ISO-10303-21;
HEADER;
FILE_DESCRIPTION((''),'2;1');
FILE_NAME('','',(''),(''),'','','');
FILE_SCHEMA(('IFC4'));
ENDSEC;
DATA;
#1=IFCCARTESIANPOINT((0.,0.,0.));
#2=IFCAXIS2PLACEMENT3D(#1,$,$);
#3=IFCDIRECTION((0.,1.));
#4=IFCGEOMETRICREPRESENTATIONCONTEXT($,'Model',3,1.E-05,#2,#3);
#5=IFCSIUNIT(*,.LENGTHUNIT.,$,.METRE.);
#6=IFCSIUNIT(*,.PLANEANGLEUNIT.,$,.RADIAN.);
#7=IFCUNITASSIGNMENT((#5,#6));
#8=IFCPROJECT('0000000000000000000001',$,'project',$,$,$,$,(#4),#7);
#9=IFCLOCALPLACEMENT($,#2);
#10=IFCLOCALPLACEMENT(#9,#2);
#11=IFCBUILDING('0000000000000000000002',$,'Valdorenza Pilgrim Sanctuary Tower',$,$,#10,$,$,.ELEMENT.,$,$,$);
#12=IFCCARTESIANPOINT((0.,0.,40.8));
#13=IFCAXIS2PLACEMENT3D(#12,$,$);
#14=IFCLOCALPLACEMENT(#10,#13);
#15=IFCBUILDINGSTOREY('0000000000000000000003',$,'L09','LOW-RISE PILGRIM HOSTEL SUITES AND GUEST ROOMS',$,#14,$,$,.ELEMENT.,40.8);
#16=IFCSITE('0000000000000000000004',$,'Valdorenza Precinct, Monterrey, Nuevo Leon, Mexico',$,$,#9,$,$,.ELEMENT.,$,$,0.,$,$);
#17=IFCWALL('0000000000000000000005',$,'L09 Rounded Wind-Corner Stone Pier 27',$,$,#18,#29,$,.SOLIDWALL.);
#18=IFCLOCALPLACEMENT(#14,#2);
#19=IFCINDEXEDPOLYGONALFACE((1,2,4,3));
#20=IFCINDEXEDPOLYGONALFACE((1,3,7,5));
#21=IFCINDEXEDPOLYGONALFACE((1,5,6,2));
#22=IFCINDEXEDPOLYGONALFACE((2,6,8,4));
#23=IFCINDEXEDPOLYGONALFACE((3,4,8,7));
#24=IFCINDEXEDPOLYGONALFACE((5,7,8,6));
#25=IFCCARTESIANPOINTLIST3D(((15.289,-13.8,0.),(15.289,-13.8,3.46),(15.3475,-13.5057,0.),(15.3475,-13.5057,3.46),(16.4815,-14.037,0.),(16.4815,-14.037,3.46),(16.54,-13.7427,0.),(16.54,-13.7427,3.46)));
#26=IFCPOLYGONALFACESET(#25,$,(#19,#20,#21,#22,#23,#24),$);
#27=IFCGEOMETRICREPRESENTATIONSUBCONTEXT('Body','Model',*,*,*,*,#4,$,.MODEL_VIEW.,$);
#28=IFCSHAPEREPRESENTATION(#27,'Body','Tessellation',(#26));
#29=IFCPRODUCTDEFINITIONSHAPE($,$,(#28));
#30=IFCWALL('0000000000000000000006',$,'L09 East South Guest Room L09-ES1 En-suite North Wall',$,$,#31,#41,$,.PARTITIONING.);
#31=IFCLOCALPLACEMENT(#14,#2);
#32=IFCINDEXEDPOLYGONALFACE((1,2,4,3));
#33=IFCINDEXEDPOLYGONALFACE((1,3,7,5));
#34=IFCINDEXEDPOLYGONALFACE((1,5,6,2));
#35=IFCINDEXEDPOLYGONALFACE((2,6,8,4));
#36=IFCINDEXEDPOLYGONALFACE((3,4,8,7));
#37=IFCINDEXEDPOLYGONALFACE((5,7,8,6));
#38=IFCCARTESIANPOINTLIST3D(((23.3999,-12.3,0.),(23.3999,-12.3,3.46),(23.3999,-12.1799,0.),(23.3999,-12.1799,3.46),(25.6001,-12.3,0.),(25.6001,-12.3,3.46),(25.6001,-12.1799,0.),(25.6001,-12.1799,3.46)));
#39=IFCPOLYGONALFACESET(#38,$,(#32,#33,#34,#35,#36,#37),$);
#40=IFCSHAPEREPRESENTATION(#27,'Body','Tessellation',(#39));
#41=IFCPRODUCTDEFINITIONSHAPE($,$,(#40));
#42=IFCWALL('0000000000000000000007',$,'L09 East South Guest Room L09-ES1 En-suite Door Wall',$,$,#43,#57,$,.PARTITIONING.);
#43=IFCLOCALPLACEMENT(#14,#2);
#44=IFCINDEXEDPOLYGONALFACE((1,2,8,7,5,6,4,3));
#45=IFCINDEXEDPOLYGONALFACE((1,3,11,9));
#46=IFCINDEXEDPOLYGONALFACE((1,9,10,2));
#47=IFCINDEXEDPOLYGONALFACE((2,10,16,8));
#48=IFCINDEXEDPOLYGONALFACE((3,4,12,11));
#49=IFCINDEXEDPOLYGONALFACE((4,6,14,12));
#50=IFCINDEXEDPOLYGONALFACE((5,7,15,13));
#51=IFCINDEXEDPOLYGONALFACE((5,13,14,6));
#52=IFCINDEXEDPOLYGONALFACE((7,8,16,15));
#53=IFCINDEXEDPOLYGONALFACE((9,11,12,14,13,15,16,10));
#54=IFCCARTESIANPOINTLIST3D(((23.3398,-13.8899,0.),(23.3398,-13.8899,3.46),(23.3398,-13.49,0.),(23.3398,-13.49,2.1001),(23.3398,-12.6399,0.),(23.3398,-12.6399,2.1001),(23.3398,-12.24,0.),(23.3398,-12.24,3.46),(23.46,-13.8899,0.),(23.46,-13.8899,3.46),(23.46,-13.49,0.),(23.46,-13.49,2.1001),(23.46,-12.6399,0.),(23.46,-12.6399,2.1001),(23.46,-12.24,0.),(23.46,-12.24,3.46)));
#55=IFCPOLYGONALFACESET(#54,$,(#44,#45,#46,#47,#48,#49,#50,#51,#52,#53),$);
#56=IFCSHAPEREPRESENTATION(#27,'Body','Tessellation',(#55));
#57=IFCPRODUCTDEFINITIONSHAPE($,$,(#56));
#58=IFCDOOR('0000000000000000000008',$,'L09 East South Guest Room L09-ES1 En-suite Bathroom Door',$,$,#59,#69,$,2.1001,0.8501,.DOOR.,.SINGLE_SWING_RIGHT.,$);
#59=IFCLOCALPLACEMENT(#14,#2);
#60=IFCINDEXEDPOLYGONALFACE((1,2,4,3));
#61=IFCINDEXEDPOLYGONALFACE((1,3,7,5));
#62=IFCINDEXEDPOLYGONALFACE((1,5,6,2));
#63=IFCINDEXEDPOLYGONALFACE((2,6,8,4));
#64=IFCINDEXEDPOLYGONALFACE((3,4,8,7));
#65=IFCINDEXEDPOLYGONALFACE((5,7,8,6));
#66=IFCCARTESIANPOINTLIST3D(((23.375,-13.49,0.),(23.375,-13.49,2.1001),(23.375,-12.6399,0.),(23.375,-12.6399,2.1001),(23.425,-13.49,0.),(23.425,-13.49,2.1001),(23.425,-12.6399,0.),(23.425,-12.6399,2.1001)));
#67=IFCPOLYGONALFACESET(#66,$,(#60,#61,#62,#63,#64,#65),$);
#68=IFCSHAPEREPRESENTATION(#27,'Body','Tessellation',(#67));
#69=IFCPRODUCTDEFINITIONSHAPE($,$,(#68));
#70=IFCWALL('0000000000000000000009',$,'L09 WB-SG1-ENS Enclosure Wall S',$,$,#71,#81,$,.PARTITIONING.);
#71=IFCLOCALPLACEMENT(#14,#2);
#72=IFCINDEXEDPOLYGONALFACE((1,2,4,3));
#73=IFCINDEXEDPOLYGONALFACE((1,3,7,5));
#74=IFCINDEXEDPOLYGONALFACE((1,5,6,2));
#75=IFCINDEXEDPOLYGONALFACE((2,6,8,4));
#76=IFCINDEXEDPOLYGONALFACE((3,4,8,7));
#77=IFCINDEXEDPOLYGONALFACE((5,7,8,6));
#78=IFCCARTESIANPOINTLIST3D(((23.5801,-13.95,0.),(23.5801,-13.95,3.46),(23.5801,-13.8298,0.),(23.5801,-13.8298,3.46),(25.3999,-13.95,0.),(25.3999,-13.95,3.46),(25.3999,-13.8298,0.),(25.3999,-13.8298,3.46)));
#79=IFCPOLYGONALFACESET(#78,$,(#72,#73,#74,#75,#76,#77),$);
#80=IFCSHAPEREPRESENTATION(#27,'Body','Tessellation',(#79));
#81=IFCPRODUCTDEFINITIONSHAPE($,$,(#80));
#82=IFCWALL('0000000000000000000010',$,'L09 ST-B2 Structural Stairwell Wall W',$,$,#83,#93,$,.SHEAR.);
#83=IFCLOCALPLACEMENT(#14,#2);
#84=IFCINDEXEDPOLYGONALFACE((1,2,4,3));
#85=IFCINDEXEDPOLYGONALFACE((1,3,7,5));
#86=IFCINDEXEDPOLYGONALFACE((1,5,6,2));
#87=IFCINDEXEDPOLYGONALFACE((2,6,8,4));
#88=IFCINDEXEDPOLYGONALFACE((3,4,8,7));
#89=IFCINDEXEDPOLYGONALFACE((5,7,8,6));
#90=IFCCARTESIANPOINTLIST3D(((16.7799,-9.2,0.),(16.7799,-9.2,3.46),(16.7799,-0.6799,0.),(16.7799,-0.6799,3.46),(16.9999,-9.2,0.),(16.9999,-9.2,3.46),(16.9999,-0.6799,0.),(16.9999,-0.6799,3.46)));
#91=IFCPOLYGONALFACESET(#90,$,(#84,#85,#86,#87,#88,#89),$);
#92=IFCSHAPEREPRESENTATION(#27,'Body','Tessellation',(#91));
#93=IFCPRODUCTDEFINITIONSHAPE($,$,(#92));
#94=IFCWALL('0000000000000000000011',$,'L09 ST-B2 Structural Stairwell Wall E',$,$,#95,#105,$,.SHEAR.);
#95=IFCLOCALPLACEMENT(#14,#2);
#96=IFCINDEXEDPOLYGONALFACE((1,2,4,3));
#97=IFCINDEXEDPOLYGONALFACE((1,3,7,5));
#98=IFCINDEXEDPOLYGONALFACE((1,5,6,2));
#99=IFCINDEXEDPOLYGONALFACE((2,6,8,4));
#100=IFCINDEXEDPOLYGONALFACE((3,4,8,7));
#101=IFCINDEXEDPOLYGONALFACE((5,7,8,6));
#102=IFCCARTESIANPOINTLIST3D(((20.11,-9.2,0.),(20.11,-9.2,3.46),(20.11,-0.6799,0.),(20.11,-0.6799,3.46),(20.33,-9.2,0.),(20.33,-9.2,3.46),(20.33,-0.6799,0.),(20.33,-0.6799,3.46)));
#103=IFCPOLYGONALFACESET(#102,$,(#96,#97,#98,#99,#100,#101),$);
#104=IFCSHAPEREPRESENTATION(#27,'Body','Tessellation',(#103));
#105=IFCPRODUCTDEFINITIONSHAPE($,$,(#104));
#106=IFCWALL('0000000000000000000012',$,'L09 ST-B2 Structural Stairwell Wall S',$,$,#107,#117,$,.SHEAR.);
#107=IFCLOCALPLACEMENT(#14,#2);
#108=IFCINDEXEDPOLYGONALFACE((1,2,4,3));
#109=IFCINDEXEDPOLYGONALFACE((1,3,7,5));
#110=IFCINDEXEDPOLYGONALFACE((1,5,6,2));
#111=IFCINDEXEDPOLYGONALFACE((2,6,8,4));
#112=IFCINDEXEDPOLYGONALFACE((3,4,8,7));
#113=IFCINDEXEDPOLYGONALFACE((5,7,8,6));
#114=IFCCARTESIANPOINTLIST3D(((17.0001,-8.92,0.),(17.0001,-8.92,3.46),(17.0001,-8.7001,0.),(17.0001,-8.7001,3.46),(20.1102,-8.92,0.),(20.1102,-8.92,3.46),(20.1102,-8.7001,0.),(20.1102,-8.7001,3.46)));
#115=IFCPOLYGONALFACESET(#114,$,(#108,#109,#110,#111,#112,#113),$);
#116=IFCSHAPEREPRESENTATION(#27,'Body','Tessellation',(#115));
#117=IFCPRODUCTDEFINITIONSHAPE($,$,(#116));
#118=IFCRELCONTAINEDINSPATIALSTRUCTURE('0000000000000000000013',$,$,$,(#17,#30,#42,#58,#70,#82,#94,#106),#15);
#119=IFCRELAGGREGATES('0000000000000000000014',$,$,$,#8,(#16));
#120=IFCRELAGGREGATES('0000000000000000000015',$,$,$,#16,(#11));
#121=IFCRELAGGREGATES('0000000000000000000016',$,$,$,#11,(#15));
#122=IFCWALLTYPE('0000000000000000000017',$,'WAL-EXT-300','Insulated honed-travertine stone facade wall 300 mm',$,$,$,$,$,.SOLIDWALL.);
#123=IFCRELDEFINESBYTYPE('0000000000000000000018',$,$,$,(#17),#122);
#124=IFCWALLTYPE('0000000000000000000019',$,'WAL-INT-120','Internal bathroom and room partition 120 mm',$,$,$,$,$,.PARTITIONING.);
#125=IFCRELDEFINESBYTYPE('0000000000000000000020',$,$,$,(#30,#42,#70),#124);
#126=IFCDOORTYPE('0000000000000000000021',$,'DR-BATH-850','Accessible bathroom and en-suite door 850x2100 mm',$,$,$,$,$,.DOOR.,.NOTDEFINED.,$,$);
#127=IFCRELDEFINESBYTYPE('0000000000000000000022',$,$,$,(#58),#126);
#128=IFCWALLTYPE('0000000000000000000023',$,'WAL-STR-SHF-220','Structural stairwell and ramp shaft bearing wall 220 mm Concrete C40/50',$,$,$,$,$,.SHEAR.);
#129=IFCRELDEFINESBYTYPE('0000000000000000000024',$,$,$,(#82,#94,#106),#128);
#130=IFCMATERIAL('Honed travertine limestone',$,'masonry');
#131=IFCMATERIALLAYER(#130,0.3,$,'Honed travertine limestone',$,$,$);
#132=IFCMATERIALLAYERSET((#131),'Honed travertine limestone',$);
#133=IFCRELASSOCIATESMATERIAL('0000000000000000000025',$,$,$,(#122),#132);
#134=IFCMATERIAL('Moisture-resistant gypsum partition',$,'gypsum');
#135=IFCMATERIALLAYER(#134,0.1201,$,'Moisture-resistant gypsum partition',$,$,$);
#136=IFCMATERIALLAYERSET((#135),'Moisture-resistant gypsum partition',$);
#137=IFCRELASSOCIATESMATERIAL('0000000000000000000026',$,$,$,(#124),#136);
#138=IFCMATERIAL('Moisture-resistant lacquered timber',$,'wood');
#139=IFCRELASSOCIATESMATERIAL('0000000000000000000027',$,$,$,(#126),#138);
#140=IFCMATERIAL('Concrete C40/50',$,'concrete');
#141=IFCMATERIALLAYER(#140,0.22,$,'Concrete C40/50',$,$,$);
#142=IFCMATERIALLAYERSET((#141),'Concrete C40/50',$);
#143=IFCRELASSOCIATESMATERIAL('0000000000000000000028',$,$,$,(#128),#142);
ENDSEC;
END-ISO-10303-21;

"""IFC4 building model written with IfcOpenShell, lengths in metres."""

from ifc_helpers import new_model, si_unit, direction, frame, frame_2d, origin, place, context, subcontext, project, spatial, rectangle, extrude, material, layer, layer_set, type_object, element, fill, save


model = new_model("IFC4")

# Units and contexts
model_context = context("Model", 3, precision=1e-05, world=origin(), true_north=direction((0.0, 1.0)))
body_context = subcontext(model_context, "Body", "Model", "MODEL_VIEW")
ifc_project = project(units=[si_unit("LENGTHUNIT", "METRE"), si_unit("PLANEANGLEUNIT", "RADIAN")], contexts=[model_context])

# Site, building, storey
site_placement = place(None, origin())
site = spatial("IfcSite", under=ifc_project, at=site_placement, Name="Valdorenza Precinct, Monterrey, Nuevo Leon, Mexico", CompositionType="ELEMENT", RefElevation=0.0)
building_placement = place(site_placement, origin())
building = spatial("IfcBuilding", under=site, at=building_placement, Name="Valdorenza Pilgrim Sanctuary Tower", CompositionType="ELEMENT")
storey_placement = place(building_placement, frame((0.0, 0.0, 40.8)))
storey = spatial("IfcBuildingStorey", under=building, at=storey_placement, Name="L09", Description="LOW-RISE PILGRIM HOSTEL SUITES AND GUEST ROOMS", CompositionType="ELEMENT", Elevation=40.8)

# Walls
ifc_material_1 = material(Name="Honed travertine limestone", Category="masonry")
ifc_layer_1 = layer(ifc_material_1, 0.3, Name="Honed travertine limestone")
ifc_layer_set_1 = layer_set([ifc_layer_1], Name="Honed travertine limestone")
wall_type_1 = type_object("IfcWallType", Name="WAL-EXT-300", Description="Insulated honed-travertine stone facade wall 300 mm", PredefinedType="SOLIDWALL", material=ifc_layer_set_1)
wall_1_placement = place(storey_placement, frame((16.5107, -13.8899, 0.0), z_axis=(0.0, 0.0, 1.0), x_axis=(-0.980804, 0.194996, 0.0)))
element("IfcWall", 1, at=wall_1_placement, inside=storey, type_object=wall_type_1, Name="L09 Rounded Wind-Corner Stone Pier 27", PredefinedType="SOLIDWALL", context=body_context, shape_type="SweptSolid", body=[
    extrude(rectangle(XDim=1.2158, YDim=0.3, at=frame_2d((0.6079, 0.0))), origin(), (0.0, 0.0, 1.0), 3.46),
])
ifc_material_2 = material(Name="Moisture-resistant gypsum partition", Category="gypsum")
ifc_layer_2 = layer(ifc_material_2, 0.1201, Name="Moisture-resistant gypsum partition")
ifc_layer_set_2 = layer_set([ifc_layer_2], Name="Moisture-resistant gypsum partition")
wall_type_2 = type_object("IfcWallType", Name="WAL-INT-120", Description="Internal bathroom and room partition 120 mm", PredefinedType="PARTITIONING", material=ifc_layer_set_2)
wall_2_placement = place(storey_placement, frame((23.3999, -12.24, 0.0), z_axis=(0.0, 0.0, 1.0), x_axis=(1.0, 0.0, 0.0)))
element("IfcWall", 2, at=wall_2_placement, inside=storey, type_object=wall_type_2, Name="L09 East South Guest Room L09-ES1 En-suite North Wall", PredefinedType="PARTITIONING", context=body_context, shape_type="SweptSolid", body=[
    extrude(rectangle(XDim=2.2002, YDim=0.1201, at=frame_2d((1.1001, 0.0))), origin(), (0.0, 0.0, 1.0), 3.46),
])

# Wall, opening, door
wall_3_placement = place(storey_placement, frame((23.3999, -13.8899, 0.0), z_axis=(0.0, 0.0, 1.0), x_axis=(0.0, 1.0, 0.0)))
wall_3 = element("IfcWall", 3, at=wall_3_placement, inside=storey, type_object=wall_type_2, Name="L09 East South Guest Room L09-ES1 En-suite Door Wall", PredefinedType="PARTITIONING", context=body_context, shape_type="SweptSolid", body=[
    extrude(rectangle(XDim=1.6499, YDim=0.1201, at=frame_2d((0.825, 0.0))), origin(), (0.0, 0.0, 1.0), 3.46),
])
opening_placement = place(wall_3_placement, frame((0.3999, 0.0, 0.0)))
opening = element("IfcOpeningElement", 4, at=opening_placement, cuts=wall_3, PredefinedType="OPENING", context=body_context, shape_type="SweptSolid", body=[
    extrude(rectangle(XDim=0.8501, YDim=2.1001, at=frame_2d((0.425, 1.05))), frame((0.0, 0.075, 0.0), z_axis=(0.0, -1.0, 0.0), x_axis=(1.0, 0.0, 0.0)), (0.0, 0.0, 1.0), 0.1499),
])
ifc_material_3 = material(Name="Moisture-resistant lacquered timber", Category="wood")
door_type = type_object("IfcDoorType", Name="DR-BATH-850", Description="Accessible bathroom and en-suite door 850x2100 mm", OperationType="NOTDEFINED", PredefinedType="DOOR", material=ifc_material_3)
door_placement = place(opening_placement, origin())
door = element("IfcDoor", 5, at=door_placement, inside=storey, type_object=door_type, Name="L09 East South Guest Room L09-ES1 En-suite Bathroom Door", OperationType="SINGLE_SWING_RIGHT", OverallHeight=2.1001, OverallWidth=0.8501, PredefinedType="DOOR", context=body_context, shape_type="SweptSolid", body=[
    extrude(rectangle(XDim=0.8501, YDim=2.1001, at=frame_2d((0.425, 1.05))), frame((0.0, 0.0249, 0.0), z_axis=(0.0, -1.0, 0.0), x_axis=(1.0, 0.0, 0.0)), (0.0, 0.0, 1.0), 0.05),
])
fill(opening, door)

# Walls
wall_4_placement = place(storey_placement, frame((23.5801, -13.8899, 0.0), z_axis=(0.0, 0.0, 1.0), x_axis=(1.0, 0.0, 0.0)))
element("IfcWall", 6, at=wall_4_placement, inside=storey, type_object=wall_type_2, Name="L09 WB-SG1-ENS Enclosure Wall S", PredefinedType="PARTITIONING", context=body_context, shape_type="SweptSolid", body=[
    extrude(rectangle(XDim=1.8198, YDim=0.1201, at=frame_2d((0.9099, 0.0))), origin(), (0.0, 0.0, 1.0), 3.46),
])
ifc_material_4 = material(Name="Concrete C40/50", Category="concrete")
ifc_layer_3 = layer(ifc_material_4, 0.22, Name="Concrete C40/50")
ifc_layer_set_3 = layer_set([ifc_layer_3], Name="Concrete C40/50")
wall_type_3 = type_object("IfcWallType", Name="WAL-STR-SHF-220", Description="Structural stairwell and ramp shaft bearing wall 220 mm Concrete C40/50", PredefinedType="SHEAR", material=ifc_layer_set_3)
for number, where, z_axis, x_axis, name in (
    (7, (16.8899, -9.2, 0.0), (0.0, 0.0, 1.0), (0.0, 1.0, 0.0), "L09 ST-B2 Structural Stairwell Wall W"),
    (8, (20.22, -9.2, 0.0), (0.0, 0.0, 1.0), (0.0, 1.0, 0.0), "L09 ST-B2 Structural Stairwell Wall E"),
):
    element("IfcWall", number, at=place(storey_placement, frame(where, z_axis=z_axis, x_axis=x_axis)), inside=storey, type_object=wall_type_3, Name=name, PredefinedType="SHEAR", context=body_context, shape_type="SweptSolid", body=[
        extrude(rectangle(XDim=8.52, YDim=0.22, at=frame_2d((4.26, 0.0))), origin(), (0.0, 0.0, 1.0), 3.46),
    ])
wall_5_placement = place(storey_placement, frame((17.0, -8.8101, 0.0), z_axis=(0.0, 0.0, 1.0), x_axis=(1.0, 0.0, 0.0)))
element("IfcWall", 9, at=wall_5_placement, inside=storey, type_object=wall_type_3, Name="L09 ST-B2 Structural Stairwell Wall S", PredefinedType="SHEAR", context=body_context, shape_type="SweptSolid", body=[
    extrude(rectangle(XDim=3.1101, YDim=0.22, at=frame_2d((1.5552, 0.0))), origin(), (0.0, 0.0, 1.0), 3.46),
])

save(model, "model.ifc")
